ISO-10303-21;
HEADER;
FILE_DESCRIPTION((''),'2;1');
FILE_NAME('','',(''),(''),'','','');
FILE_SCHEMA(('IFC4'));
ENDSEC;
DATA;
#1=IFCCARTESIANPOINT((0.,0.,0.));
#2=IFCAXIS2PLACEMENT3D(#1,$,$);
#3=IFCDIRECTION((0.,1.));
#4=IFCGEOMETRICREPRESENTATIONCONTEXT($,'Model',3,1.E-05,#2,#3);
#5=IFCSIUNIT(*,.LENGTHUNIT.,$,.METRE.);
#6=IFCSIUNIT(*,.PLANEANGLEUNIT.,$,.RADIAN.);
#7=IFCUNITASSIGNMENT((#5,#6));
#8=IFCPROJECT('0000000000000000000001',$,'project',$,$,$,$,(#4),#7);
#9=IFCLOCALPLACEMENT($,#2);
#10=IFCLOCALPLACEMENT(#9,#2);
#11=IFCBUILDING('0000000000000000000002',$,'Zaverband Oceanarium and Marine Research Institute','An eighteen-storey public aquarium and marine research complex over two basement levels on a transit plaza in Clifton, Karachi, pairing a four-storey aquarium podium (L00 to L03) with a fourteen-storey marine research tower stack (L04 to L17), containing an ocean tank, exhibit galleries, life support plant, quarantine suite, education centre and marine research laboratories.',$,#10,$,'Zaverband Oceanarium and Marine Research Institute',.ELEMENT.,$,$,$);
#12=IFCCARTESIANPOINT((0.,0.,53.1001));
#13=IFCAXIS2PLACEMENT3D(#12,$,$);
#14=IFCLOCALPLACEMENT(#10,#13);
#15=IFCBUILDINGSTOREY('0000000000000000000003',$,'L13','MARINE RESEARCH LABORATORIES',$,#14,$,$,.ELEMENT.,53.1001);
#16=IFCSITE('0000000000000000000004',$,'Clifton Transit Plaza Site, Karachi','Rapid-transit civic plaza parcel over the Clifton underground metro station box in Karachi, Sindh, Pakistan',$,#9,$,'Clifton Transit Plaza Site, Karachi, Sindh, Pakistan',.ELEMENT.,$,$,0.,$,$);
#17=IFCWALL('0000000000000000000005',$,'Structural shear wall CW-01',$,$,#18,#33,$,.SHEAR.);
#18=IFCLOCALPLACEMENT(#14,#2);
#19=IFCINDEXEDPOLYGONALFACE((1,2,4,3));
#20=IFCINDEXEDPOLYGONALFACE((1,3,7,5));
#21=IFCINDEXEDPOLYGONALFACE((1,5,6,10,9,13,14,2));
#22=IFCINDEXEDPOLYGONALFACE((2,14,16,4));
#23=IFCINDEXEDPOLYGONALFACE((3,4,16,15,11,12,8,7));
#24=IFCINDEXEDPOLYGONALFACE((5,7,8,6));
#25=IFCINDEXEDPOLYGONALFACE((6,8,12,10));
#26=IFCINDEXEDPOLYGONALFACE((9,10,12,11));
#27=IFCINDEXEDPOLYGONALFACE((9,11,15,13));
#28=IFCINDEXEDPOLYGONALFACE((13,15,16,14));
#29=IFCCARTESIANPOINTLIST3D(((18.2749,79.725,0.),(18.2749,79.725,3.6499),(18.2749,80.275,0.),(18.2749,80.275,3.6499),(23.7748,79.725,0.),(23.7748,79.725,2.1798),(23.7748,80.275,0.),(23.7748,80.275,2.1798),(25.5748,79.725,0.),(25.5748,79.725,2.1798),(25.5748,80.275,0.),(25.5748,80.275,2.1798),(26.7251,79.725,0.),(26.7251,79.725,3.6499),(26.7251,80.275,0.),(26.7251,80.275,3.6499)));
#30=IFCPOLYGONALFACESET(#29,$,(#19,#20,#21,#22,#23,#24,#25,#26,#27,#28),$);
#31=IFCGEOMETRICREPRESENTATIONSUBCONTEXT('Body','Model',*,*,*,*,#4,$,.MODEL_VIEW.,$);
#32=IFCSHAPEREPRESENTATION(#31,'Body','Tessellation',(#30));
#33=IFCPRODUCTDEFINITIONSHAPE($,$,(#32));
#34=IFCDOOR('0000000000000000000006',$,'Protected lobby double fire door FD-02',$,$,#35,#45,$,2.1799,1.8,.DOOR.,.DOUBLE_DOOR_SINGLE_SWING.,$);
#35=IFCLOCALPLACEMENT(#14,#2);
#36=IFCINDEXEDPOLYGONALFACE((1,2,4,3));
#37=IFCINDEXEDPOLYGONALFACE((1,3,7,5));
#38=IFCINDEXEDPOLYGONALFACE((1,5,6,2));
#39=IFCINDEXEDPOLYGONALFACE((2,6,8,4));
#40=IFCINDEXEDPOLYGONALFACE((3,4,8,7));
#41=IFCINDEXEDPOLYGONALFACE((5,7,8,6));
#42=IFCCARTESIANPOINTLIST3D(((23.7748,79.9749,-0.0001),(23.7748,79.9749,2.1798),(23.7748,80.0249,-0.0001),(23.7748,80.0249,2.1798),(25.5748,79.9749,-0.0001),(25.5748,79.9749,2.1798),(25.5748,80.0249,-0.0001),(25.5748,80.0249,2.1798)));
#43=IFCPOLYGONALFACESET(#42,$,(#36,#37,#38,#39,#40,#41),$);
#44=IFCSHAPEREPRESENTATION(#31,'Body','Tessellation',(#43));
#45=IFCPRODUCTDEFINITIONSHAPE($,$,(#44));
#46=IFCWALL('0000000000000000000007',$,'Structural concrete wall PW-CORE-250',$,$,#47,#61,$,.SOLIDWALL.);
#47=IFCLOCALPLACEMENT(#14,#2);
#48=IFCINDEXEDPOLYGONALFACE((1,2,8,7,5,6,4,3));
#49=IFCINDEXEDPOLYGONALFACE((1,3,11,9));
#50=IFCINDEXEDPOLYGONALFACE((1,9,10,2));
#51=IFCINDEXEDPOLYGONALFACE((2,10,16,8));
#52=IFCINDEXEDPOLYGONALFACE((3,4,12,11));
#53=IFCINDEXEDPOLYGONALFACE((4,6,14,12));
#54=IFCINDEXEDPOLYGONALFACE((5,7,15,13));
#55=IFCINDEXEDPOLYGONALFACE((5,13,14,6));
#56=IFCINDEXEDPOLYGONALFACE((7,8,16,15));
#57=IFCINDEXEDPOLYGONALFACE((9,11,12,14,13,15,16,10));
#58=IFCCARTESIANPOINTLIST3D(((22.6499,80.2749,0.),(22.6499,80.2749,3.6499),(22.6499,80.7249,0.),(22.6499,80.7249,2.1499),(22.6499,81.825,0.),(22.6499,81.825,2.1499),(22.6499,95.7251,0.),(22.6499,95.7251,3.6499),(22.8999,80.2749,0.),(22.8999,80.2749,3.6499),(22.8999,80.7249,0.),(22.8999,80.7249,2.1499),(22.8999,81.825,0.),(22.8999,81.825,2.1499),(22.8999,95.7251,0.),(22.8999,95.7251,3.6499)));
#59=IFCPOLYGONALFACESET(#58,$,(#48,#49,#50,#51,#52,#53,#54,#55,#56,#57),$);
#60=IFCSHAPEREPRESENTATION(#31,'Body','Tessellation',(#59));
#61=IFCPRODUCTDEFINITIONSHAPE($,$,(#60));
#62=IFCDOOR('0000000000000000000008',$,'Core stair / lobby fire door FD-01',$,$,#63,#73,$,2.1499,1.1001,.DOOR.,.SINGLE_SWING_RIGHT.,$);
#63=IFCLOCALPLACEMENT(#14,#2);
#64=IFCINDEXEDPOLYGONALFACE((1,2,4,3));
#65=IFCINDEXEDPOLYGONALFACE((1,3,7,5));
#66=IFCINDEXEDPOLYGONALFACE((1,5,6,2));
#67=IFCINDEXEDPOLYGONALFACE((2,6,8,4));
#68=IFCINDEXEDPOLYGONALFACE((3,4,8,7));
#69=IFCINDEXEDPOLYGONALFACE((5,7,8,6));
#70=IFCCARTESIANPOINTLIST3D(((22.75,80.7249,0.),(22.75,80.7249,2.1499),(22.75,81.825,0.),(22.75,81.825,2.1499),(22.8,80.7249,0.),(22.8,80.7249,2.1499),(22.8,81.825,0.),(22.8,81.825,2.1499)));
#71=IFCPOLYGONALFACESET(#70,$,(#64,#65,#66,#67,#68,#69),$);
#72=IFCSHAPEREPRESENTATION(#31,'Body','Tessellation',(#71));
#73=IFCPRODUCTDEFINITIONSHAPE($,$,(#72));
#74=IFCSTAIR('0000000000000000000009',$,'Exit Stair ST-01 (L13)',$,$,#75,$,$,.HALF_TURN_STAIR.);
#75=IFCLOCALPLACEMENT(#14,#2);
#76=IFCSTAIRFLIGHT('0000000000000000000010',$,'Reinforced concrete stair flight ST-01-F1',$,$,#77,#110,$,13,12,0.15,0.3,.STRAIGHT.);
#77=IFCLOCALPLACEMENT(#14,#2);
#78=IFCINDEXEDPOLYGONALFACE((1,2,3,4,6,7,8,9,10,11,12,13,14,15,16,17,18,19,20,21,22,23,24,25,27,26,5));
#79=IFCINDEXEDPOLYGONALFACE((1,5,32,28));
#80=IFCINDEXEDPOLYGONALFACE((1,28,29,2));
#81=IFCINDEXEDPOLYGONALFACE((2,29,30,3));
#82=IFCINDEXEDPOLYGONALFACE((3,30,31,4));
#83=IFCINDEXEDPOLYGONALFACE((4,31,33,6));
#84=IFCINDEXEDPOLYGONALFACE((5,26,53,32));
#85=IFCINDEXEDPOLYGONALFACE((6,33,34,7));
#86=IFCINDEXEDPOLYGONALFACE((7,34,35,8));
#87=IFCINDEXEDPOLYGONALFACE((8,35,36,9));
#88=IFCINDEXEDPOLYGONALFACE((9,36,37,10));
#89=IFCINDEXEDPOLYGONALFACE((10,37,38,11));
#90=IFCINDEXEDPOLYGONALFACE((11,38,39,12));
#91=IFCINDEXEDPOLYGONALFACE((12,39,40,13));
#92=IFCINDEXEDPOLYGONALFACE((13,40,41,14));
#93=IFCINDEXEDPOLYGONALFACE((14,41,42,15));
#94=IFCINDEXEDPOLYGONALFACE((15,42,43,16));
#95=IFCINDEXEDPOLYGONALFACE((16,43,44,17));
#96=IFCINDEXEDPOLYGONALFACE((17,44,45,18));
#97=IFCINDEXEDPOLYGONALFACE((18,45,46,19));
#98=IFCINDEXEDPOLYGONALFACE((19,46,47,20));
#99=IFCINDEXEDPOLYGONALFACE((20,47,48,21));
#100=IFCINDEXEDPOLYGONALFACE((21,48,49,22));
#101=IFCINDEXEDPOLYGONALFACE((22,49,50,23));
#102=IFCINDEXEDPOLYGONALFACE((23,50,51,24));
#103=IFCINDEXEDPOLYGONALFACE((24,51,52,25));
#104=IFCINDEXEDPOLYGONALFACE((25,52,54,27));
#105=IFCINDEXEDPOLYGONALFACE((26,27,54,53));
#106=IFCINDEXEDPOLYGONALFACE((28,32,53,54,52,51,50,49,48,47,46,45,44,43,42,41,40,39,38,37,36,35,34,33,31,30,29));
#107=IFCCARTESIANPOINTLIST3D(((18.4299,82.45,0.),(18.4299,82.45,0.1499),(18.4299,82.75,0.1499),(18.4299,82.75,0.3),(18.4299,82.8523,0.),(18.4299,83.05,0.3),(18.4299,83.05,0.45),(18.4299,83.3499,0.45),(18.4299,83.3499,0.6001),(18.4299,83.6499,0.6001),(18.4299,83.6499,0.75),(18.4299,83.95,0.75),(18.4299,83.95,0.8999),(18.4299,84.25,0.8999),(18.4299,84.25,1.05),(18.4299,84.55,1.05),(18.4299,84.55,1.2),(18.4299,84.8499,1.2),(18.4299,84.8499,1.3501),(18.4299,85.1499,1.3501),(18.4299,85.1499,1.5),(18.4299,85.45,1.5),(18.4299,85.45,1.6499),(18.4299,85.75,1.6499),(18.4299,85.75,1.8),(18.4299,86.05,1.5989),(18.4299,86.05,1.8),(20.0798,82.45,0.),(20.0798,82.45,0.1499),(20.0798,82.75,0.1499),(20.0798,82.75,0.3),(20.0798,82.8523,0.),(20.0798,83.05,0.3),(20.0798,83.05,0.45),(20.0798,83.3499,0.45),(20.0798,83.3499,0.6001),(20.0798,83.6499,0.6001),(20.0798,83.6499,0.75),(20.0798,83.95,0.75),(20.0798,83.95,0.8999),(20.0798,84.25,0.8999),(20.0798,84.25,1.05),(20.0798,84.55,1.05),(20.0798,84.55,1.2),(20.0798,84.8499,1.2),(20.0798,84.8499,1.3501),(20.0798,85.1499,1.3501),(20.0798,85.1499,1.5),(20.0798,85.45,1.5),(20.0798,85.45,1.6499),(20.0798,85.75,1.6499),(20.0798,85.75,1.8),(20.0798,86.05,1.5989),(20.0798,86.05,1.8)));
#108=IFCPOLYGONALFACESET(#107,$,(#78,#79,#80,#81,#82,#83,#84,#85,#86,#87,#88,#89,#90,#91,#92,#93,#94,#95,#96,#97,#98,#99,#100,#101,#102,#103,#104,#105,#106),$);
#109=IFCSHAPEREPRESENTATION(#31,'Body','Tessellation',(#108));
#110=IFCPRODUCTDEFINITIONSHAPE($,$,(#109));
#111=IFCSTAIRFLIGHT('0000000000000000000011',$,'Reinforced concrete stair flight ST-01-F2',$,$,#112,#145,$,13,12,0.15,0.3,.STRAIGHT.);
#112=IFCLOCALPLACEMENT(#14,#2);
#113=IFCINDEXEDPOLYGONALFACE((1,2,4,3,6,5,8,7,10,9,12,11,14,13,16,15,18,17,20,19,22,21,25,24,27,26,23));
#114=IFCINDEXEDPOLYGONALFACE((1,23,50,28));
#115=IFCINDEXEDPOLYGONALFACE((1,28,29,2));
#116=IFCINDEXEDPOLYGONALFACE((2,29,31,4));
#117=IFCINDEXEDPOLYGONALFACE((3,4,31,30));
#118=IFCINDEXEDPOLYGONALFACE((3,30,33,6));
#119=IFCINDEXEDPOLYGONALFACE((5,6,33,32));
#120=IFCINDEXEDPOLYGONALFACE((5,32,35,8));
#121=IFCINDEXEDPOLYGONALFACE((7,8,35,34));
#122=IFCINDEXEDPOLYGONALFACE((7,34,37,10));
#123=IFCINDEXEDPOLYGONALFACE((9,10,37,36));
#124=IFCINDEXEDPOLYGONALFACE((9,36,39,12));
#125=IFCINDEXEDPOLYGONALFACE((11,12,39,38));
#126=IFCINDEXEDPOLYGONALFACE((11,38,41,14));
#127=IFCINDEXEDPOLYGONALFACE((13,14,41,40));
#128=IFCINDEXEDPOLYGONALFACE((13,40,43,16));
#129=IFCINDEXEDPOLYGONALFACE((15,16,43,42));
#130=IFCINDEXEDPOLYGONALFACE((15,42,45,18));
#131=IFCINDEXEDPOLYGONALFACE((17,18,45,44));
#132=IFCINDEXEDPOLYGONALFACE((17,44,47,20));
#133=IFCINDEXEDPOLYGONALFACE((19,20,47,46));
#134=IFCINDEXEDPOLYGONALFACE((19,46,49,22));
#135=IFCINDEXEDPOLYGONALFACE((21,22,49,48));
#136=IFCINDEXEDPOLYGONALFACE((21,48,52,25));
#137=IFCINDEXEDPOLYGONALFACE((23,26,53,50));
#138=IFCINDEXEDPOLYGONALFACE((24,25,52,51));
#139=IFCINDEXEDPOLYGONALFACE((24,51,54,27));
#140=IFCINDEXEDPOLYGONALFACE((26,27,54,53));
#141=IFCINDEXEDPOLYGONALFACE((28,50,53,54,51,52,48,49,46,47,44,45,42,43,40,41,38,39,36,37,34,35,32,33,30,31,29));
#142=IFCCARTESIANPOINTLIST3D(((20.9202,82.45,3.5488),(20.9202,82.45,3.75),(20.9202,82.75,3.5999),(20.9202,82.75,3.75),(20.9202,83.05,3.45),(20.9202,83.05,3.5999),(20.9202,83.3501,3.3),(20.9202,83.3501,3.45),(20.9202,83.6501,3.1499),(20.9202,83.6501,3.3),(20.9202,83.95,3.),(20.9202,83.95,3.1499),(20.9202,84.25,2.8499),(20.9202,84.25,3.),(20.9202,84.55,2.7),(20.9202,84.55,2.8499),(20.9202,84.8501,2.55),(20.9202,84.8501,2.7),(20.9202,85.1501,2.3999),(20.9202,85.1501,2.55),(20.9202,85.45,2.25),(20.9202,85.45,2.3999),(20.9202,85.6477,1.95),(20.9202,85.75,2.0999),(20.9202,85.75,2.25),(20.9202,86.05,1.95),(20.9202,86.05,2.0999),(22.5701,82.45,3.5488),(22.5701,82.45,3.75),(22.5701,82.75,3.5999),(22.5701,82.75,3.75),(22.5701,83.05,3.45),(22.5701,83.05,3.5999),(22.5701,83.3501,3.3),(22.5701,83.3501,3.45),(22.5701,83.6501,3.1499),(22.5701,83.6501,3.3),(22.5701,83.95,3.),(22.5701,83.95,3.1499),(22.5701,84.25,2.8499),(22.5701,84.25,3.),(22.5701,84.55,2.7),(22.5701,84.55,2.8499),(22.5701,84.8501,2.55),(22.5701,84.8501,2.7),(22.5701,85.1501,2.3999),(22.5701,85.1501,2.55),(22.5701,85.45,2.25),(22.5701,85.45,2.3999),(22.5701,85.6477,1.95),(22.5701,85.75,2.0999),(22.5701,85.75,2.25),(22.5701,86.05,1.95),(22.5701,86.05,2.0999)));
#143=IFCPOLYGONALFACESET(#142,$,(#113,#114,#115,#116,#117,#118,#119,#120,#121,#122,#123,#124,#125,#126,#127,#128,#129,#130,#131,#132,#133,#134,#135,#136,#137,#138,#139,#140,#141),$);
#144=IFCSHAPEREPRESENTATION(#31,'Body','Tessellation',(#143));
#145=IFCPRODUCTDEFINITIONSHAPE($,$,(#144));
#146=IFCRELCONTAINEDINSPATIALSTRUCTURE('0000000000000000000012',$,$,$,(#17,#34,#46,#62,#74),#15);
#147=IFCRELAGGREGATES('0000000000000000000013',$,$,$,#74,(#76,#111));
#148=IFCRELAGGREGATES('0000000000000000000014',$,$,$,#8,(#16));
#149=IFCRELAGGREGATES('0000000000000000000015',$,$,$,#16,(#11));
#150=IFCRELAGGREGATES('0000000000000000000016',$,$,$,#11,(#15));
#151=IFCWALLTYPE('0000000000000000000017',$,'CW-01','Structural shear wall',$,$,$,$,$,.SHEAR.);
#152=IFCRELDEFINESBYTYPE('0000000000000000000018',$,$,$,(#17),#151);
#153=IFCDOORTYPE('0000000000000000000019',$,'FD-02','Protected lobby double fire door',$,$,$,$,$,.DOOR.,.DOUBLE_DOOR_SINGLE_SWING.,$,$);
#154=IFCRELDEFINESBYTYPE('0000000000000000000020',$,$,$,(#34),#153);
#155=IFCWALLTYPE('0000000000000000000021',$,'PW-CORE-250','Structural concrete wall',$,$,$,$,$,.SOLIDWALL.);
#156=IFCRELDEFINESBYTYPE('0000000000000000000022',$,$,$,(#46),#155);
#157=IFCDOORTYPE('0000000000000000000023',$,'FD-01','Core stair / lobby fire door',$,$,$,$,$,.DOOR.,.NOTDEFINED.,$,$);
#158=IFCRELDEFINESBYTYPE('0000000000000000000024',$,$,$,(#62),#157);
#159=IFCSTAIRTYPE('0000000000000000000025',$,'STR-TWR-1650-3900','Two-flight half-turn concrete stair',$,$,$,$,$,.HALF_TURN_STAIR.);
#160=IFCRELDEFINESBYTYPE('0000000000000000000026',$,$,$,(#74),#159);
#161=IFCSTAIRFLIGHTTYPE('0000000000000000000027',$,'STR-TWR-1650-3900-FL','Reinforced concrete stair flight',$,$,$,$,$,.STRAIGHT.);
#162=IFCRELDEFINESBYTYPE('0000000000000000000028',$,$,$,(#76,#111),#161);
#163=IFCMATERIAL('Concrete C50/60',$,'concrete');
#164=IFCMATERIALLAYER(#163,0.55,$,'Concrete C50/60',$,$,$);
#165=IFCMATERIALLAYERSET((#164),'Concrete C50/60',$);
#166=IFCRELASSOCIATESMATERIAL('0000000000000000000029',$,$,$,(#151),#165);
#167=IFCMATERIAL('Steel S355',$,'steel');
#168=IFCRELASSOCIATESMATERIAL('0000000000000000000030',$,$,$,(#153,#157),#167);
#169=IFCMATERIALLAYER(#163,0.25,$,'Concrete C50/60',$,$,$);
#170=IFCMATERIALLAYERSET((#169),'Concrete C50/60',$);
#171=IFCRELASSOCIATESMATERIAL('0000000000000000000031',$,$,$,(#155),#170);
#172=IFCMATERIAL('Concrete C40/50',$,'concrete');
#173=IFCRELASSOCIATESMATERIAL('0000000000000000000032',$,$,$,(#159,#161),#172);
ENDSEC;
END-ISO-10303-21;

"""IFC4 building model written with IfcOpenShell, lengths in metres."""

from ifc_helpers import new_model, si_unit, direction, frame, frame_2d, origin, place, context, subcontext, project, spatial, polyline, rectangle, outline, extrude, material, layer, layer_set, type_object, element, fill, aggregate, save


model = new_model("IFC4")

# Units and contexts
model_context = context("Model", 3, precision=1e-05, world=origin(), true_north=direction((0.0, 1.0)))
body_context = subcontext(model_context, "Body", "Model", "MODEL_VIEW")
ifc_project = project(units=[si_unit("LENGTHUNIT", "METRE"), si_unit("PLANEANGLEUNIT", "RADIAN")], contexts=[model_context])

# Site, building, storey
site_placement = place(None, origin())
site = spatial("IfcSite", under=ifc_project, at=site_placement, Name="Clifton Transit Plaza Site, Karachi", Description="Rapid-transit civic plaza parcel over the Clifton underground metro station box in Karachi, Sindh, Pakistan", LongName="Clifton Transit Plaza Site, Karachi, Sindh, Pakistan", CompositionType="ELEMENT", RefElevation=0.0)
building_placement = place(site_placement, origin())
building = spatial("IfcBuilding", under=site, at=building_placement, Name="Zaverband Oceanarium and Marine Research Institute", Description="An eighteen-storey public aquarium and marine research complex over two basement levels on a transit plaza in Clifton, Karachi, pairing a four-storey aquarium podium (L00 to L03) with a fourteen-storey marine research tower stack (L04 to L17), containing an ocean tank, exhibit galleries, life support plant, quarantine suite, education centre and marine research laboratories.", LongName="Zaverband Oceanarium and Marine Research Institute", CompositionType="ELEMENT")
storey_placement = place(building_placement, frame((0.0, 0.0, 53.1001)))
storey = spatial("IfcBuildingStorey", under=building, at=storey_placement, Name="L13", Description="MARINE RESEARCH LABORATORIES", CompositionType="ELEMENT", Elevation=53.1001)

# Shared definitions
ifc_material_1 = material(Name="Concrete C50/60", Category="concrete")

# Shared definitions
ifc_material_2 = material(Name="Concrete C40/50", Category="concrete")

# Wall, opening, door
ifc_layer_1 = layer(ifc_material_1, 0.55, Name="Concrete C50/60")
ifc_layer_set_1 = layer_set([ifc_layer_1], Name="Concrete C50/60")
wall_type_1 = type_object("IfcWallType", Name="CW-01", Description="Structural shear wall", PredefinedType="SHEAR", material=ifc_layer_set_1)
wall_1_placement = place(storey_placement, frame((18.2749, 80.0, 0.0), z_axis=(0.0, 0.0, 1.0), x_axis=(1.0, 0.0, 0.0)))
wall_1 = element("IfcWall", 1, at=wall_1_placement, inside=storey, type_object=wall_type_1, Name="Structural shear wall CW-01", PredefinedType="SHEAR", context=body_context, shape_type="SweptSolid", body=[
    extrude(rectangle(XDim=8.4502, YDim=0.55, at=frame_2d((4.2251, 0.0))), origin(), (0.0, 0.0, 1.0), 3.6499),
])
opening_1_placement = place(wall_1_placement, frame((5.5, 0.0, 0.0)))
opening_1 = element("IfcOpeningElement", 2, at=opening_1_placement, cuts=wall_1, PredefinedType="OPENING", context=body_context, shape_type="SweptSolid", body=[
    extrude(rectangle(XDim=1.8, YDim=2.1799, at=frame_2d((0.8999, 1.0898))), frame((0.0, 0.2871, 0.0), z_axis=(0.0, -1.0, 0.0), x_axis=(1.0, 0.0, 0.0)), (0.0, 0.0, 1.0), 0.574),
])
ifc_material_3 = material(Name="Steel S355", Category="steel")
door_type_1 = type_object("IfcDoorType", Name="FD-02", Description="Protected lobby double fire door", OperationType="DOUBLE_DOOR_SINGLE_SWING", PredefinedType="DOOR", material=ifc_material_3)
door_1_placement = place(opening_1_placement, origin())
door_1 = element("IfcDoor", 3, at=door_1_placement, inside=storey, type_object=door_type_1, Name="Protected lobby double fire door FD-02", OperationType="DOUBLE_DOOR_SINGLE_SWING", OverallHeight=2.1799, OverallWidth=1.8, PredefinedType="DOOR", context=body_context, shape_type="SweptSolid", body=[
    extrude(rectangle(XDim=1.8, YDim=2.1799, at=frame_2d((0.8999, 1.0898))), frame((0.0, 0.0249, 0.0), z_axis=(0.0, -1.0, 0.0), x_axis=(1.0, 0.0, 0.0)), (0.0, 0.0, 1.0), 0.05),
])
fill(opening_1, door_1)

# Wall, opening, door
ifc_layer_2 = layer(ifc_material_1, 0.25, Name="Concrete C50/60")
ifc_layer_set_2 = layer_set([ifc_layer_2], Name="Concrete C50/60")
wall_type_2 = type_object("IfcWallType", Name="PW-CORE-250", Description="Structural concrete wall", PredefinedType="SOLIDWALL", material=ifc_layer_set_2)
wall_2_placement = place(storey_placement, frame((22.7749, 80.2749, 0.0), z_axis=(0.0, 0.0, 1.0), x_axis=(0.0, 1.0, 0.0)))
wall_2 = element("IfcWall", 4, at=wall_2_placement, inside=storey, type_object=wall_type_2, Name="Structural concrete wall PW-CORE-250", PredefinedType="SOLIDWALL", context=body_context, shape_type="SweptSolid", body=[
    extrude(rectangle(XDim=15.4502, YDim=0.25, at=frame_2d((7.7251, 0.0))), origin(), (0.0, 0.0, 1.0), 3.6499),
])
opening_2_placement = place(wall_2_placement, frame((0.45, 0.0, 0.0)))
opening_2 = element("IfcOpeningElement", 5, at=opening_2_placement, cuts=wall_2, PredefinedType="OPENING", context=body_context, shape_type="SweptSolid", body=[
    extrude(rectangle(XDim=1.1001, YDim=2.1499, at=frame_2d((0.55, 1.075))), frame((0.0, 0.137, 0.0), z_axis=(0.0, -1.0, 0.0), x_axis=(1.0, 0.0, 0.0)), (0.0, 0.0, 1.0), 0.2739),
])
door_type_2 = type_object("IfcDoorType", Name="FD-01", Description="Core stair / lobby fire door", OperationType="NOTDEFINED", PredefinedType="DOOR", material=ifc_material_3)
door_2_placement = place(opening_2_placement, origin())
door_2 = element("IfcDoor", 6, at=door_2_placement, inside=storey, type_object=door_type_2, Name="Core stair / lobby fire door FD-01", OperationType="SINGLE_SWING_RIGHT", OverallHeight=2.1499, OverallWidth=1.1001, PredefinedType="DOOR", context=body_context, shape_type="SweptSolid", body=[
    extrude(rectangle(XDim=1.1001, YDim=2.1499, at=frame_2d((0.55, 1.075))), frame((0.0, 0.0249, 0.0), z_axis=(0.0, -1.0, 0.0), x_axis=(1.0, 0.0, 0.0)), (0.0, 0.0, 1.0), 0.05),
])
fill(opening_2, door_2)

# Stair, stair flights
stair_type = type_object("IfcStairType", Name="STR-TWR-1650-3900", Description="Two-flight half-turn concrete stair", PredefinedType="HALF_TURN_STAIR", material=ifc_material_2)
stair_placement = place(storey_placement, origin())
stair = element("IfcStair", 7, at=stair_placement, inside=storey, type_object=stair_type, Name="Exit Stair ST-01 (L13)", PredefinedType="HALF_TURN_STAIR")
stair_flight_type = type_object("IfcStairFlightType", Name="STR-TWR-1650-3900-FL", Description="Reinforced concrete stair flight", PredefinedType="STRAIGHT", material=ifc_material_2)
stair_flight_1_placement = place(storey_placement, frame((19.2549, 82.45, 0.0), z_axis=(0.0, 0.0, 1.0), x_axis=(0.0, 1.0, 0.0)))
stair_flight_1 = element("IfcStairFlight", 8, at=stair_flight_1_placement, type_object=stair_flight_type, Name="Reinforced concrete stair flight ST-01-F1", NumberOfRisers=13, NumberOfTreads=12, PredefinedType="STRAIGHT", RiserHeight=0.15, TreadLength=0.3, context=body_context, shape_type="SweptSolid", body=[
    extrude(outline(polyline([(0.0, 0.0), (0.0, 0.1499), (0.3, 0.1499), (0.3, 0.3), (0.6001, 0.3), (0.6001, 0.45), (0.8999, 0.45), (0.8999, 0.6001), (1.2, 0.6001), (1.2, 0.75), (1.5, 0.75), (1.5, 0.8999), (1.8, 0.8999), (1.8, 1.05), (2.1001, 1.05), (2.1001, 1.2), (2.3999, 1.2), (2.3999, 1.3501), (2.7, 1.3501), (2.7, 1.5), (3.0, 1.5), (3.0, 1.6499), (3.3, 1.6499), (3.3, 1.8), (3.6001, 1.8), (3.6001, 1.95), (3.6001, 1.5989), (0.4023, 0.0), (0.0, 0.0)])), frame((0.0, 0.825, 0.0), z_axis=(0.0, -1.0, 0.0), x_axis=(1.0, 0.0, 0.0)), (0.0, 0.0, 1.0), 1.6499),
])
stair_flight_2_placement = place(storey_placement, frame((21.7451, 86.05, 1.95), z_axis=(0.0, 0.0, 1.0), x_axis=(0.0, -1.0, 0.0)))
stair_flight_2 = element("IfcStairFlight", 9, at=stair_flight_2_placement, type_object=stair_flight_type, Name="Reinforced concrete stair flight ST-01-F2", NumberOfRisers=13, NumberOfTreads=12, PredefinedType="STRAIGHT", RiserHeight=0.15, TreadLength=0.3, context=body_context, shape_type="SweptSolid", body=[
    extrude(outline(polyline([(0.0, 0.0), (0.0, 0.1499), (0.3, 0.1499), (0.3, 0.3), (0.6001, 0.3), (0.6001, 0.45), (0.8999, 0.45), (0.8999, 0.6001), (1.2, 0.6001), (1.2, 0.75), (1.5, 0.75), (1.5, 0.8999), (1.8, 0.8999), (1.8, 1.05), (2.1001, 1.05), (2.1001, 1.2), (2.3999, 1.2), (2.3999, 1.3501), (2.7, 1.3501), (2.7, 1.5), (3.0, 1.5), (3.0, 1.6499), (3.3, 1.6499), (3.3, 1.8), (3.6001, 1.8), (3.6001, 1.95), (3.6001, 1.5989), (0.4023, 0.0), (0.0, 0.0)])), frame((0.0, 0.825, 0.0), z_axis=(0.0, -1.0, 0.0), x_axis=(1.0, 0.0, 0.0)), (0.0, 0.0, 1.0), 1.6499),
])
aggregate(stair, [stair_flight_1, stair_flight_2])

save(model, "model.ifc")
